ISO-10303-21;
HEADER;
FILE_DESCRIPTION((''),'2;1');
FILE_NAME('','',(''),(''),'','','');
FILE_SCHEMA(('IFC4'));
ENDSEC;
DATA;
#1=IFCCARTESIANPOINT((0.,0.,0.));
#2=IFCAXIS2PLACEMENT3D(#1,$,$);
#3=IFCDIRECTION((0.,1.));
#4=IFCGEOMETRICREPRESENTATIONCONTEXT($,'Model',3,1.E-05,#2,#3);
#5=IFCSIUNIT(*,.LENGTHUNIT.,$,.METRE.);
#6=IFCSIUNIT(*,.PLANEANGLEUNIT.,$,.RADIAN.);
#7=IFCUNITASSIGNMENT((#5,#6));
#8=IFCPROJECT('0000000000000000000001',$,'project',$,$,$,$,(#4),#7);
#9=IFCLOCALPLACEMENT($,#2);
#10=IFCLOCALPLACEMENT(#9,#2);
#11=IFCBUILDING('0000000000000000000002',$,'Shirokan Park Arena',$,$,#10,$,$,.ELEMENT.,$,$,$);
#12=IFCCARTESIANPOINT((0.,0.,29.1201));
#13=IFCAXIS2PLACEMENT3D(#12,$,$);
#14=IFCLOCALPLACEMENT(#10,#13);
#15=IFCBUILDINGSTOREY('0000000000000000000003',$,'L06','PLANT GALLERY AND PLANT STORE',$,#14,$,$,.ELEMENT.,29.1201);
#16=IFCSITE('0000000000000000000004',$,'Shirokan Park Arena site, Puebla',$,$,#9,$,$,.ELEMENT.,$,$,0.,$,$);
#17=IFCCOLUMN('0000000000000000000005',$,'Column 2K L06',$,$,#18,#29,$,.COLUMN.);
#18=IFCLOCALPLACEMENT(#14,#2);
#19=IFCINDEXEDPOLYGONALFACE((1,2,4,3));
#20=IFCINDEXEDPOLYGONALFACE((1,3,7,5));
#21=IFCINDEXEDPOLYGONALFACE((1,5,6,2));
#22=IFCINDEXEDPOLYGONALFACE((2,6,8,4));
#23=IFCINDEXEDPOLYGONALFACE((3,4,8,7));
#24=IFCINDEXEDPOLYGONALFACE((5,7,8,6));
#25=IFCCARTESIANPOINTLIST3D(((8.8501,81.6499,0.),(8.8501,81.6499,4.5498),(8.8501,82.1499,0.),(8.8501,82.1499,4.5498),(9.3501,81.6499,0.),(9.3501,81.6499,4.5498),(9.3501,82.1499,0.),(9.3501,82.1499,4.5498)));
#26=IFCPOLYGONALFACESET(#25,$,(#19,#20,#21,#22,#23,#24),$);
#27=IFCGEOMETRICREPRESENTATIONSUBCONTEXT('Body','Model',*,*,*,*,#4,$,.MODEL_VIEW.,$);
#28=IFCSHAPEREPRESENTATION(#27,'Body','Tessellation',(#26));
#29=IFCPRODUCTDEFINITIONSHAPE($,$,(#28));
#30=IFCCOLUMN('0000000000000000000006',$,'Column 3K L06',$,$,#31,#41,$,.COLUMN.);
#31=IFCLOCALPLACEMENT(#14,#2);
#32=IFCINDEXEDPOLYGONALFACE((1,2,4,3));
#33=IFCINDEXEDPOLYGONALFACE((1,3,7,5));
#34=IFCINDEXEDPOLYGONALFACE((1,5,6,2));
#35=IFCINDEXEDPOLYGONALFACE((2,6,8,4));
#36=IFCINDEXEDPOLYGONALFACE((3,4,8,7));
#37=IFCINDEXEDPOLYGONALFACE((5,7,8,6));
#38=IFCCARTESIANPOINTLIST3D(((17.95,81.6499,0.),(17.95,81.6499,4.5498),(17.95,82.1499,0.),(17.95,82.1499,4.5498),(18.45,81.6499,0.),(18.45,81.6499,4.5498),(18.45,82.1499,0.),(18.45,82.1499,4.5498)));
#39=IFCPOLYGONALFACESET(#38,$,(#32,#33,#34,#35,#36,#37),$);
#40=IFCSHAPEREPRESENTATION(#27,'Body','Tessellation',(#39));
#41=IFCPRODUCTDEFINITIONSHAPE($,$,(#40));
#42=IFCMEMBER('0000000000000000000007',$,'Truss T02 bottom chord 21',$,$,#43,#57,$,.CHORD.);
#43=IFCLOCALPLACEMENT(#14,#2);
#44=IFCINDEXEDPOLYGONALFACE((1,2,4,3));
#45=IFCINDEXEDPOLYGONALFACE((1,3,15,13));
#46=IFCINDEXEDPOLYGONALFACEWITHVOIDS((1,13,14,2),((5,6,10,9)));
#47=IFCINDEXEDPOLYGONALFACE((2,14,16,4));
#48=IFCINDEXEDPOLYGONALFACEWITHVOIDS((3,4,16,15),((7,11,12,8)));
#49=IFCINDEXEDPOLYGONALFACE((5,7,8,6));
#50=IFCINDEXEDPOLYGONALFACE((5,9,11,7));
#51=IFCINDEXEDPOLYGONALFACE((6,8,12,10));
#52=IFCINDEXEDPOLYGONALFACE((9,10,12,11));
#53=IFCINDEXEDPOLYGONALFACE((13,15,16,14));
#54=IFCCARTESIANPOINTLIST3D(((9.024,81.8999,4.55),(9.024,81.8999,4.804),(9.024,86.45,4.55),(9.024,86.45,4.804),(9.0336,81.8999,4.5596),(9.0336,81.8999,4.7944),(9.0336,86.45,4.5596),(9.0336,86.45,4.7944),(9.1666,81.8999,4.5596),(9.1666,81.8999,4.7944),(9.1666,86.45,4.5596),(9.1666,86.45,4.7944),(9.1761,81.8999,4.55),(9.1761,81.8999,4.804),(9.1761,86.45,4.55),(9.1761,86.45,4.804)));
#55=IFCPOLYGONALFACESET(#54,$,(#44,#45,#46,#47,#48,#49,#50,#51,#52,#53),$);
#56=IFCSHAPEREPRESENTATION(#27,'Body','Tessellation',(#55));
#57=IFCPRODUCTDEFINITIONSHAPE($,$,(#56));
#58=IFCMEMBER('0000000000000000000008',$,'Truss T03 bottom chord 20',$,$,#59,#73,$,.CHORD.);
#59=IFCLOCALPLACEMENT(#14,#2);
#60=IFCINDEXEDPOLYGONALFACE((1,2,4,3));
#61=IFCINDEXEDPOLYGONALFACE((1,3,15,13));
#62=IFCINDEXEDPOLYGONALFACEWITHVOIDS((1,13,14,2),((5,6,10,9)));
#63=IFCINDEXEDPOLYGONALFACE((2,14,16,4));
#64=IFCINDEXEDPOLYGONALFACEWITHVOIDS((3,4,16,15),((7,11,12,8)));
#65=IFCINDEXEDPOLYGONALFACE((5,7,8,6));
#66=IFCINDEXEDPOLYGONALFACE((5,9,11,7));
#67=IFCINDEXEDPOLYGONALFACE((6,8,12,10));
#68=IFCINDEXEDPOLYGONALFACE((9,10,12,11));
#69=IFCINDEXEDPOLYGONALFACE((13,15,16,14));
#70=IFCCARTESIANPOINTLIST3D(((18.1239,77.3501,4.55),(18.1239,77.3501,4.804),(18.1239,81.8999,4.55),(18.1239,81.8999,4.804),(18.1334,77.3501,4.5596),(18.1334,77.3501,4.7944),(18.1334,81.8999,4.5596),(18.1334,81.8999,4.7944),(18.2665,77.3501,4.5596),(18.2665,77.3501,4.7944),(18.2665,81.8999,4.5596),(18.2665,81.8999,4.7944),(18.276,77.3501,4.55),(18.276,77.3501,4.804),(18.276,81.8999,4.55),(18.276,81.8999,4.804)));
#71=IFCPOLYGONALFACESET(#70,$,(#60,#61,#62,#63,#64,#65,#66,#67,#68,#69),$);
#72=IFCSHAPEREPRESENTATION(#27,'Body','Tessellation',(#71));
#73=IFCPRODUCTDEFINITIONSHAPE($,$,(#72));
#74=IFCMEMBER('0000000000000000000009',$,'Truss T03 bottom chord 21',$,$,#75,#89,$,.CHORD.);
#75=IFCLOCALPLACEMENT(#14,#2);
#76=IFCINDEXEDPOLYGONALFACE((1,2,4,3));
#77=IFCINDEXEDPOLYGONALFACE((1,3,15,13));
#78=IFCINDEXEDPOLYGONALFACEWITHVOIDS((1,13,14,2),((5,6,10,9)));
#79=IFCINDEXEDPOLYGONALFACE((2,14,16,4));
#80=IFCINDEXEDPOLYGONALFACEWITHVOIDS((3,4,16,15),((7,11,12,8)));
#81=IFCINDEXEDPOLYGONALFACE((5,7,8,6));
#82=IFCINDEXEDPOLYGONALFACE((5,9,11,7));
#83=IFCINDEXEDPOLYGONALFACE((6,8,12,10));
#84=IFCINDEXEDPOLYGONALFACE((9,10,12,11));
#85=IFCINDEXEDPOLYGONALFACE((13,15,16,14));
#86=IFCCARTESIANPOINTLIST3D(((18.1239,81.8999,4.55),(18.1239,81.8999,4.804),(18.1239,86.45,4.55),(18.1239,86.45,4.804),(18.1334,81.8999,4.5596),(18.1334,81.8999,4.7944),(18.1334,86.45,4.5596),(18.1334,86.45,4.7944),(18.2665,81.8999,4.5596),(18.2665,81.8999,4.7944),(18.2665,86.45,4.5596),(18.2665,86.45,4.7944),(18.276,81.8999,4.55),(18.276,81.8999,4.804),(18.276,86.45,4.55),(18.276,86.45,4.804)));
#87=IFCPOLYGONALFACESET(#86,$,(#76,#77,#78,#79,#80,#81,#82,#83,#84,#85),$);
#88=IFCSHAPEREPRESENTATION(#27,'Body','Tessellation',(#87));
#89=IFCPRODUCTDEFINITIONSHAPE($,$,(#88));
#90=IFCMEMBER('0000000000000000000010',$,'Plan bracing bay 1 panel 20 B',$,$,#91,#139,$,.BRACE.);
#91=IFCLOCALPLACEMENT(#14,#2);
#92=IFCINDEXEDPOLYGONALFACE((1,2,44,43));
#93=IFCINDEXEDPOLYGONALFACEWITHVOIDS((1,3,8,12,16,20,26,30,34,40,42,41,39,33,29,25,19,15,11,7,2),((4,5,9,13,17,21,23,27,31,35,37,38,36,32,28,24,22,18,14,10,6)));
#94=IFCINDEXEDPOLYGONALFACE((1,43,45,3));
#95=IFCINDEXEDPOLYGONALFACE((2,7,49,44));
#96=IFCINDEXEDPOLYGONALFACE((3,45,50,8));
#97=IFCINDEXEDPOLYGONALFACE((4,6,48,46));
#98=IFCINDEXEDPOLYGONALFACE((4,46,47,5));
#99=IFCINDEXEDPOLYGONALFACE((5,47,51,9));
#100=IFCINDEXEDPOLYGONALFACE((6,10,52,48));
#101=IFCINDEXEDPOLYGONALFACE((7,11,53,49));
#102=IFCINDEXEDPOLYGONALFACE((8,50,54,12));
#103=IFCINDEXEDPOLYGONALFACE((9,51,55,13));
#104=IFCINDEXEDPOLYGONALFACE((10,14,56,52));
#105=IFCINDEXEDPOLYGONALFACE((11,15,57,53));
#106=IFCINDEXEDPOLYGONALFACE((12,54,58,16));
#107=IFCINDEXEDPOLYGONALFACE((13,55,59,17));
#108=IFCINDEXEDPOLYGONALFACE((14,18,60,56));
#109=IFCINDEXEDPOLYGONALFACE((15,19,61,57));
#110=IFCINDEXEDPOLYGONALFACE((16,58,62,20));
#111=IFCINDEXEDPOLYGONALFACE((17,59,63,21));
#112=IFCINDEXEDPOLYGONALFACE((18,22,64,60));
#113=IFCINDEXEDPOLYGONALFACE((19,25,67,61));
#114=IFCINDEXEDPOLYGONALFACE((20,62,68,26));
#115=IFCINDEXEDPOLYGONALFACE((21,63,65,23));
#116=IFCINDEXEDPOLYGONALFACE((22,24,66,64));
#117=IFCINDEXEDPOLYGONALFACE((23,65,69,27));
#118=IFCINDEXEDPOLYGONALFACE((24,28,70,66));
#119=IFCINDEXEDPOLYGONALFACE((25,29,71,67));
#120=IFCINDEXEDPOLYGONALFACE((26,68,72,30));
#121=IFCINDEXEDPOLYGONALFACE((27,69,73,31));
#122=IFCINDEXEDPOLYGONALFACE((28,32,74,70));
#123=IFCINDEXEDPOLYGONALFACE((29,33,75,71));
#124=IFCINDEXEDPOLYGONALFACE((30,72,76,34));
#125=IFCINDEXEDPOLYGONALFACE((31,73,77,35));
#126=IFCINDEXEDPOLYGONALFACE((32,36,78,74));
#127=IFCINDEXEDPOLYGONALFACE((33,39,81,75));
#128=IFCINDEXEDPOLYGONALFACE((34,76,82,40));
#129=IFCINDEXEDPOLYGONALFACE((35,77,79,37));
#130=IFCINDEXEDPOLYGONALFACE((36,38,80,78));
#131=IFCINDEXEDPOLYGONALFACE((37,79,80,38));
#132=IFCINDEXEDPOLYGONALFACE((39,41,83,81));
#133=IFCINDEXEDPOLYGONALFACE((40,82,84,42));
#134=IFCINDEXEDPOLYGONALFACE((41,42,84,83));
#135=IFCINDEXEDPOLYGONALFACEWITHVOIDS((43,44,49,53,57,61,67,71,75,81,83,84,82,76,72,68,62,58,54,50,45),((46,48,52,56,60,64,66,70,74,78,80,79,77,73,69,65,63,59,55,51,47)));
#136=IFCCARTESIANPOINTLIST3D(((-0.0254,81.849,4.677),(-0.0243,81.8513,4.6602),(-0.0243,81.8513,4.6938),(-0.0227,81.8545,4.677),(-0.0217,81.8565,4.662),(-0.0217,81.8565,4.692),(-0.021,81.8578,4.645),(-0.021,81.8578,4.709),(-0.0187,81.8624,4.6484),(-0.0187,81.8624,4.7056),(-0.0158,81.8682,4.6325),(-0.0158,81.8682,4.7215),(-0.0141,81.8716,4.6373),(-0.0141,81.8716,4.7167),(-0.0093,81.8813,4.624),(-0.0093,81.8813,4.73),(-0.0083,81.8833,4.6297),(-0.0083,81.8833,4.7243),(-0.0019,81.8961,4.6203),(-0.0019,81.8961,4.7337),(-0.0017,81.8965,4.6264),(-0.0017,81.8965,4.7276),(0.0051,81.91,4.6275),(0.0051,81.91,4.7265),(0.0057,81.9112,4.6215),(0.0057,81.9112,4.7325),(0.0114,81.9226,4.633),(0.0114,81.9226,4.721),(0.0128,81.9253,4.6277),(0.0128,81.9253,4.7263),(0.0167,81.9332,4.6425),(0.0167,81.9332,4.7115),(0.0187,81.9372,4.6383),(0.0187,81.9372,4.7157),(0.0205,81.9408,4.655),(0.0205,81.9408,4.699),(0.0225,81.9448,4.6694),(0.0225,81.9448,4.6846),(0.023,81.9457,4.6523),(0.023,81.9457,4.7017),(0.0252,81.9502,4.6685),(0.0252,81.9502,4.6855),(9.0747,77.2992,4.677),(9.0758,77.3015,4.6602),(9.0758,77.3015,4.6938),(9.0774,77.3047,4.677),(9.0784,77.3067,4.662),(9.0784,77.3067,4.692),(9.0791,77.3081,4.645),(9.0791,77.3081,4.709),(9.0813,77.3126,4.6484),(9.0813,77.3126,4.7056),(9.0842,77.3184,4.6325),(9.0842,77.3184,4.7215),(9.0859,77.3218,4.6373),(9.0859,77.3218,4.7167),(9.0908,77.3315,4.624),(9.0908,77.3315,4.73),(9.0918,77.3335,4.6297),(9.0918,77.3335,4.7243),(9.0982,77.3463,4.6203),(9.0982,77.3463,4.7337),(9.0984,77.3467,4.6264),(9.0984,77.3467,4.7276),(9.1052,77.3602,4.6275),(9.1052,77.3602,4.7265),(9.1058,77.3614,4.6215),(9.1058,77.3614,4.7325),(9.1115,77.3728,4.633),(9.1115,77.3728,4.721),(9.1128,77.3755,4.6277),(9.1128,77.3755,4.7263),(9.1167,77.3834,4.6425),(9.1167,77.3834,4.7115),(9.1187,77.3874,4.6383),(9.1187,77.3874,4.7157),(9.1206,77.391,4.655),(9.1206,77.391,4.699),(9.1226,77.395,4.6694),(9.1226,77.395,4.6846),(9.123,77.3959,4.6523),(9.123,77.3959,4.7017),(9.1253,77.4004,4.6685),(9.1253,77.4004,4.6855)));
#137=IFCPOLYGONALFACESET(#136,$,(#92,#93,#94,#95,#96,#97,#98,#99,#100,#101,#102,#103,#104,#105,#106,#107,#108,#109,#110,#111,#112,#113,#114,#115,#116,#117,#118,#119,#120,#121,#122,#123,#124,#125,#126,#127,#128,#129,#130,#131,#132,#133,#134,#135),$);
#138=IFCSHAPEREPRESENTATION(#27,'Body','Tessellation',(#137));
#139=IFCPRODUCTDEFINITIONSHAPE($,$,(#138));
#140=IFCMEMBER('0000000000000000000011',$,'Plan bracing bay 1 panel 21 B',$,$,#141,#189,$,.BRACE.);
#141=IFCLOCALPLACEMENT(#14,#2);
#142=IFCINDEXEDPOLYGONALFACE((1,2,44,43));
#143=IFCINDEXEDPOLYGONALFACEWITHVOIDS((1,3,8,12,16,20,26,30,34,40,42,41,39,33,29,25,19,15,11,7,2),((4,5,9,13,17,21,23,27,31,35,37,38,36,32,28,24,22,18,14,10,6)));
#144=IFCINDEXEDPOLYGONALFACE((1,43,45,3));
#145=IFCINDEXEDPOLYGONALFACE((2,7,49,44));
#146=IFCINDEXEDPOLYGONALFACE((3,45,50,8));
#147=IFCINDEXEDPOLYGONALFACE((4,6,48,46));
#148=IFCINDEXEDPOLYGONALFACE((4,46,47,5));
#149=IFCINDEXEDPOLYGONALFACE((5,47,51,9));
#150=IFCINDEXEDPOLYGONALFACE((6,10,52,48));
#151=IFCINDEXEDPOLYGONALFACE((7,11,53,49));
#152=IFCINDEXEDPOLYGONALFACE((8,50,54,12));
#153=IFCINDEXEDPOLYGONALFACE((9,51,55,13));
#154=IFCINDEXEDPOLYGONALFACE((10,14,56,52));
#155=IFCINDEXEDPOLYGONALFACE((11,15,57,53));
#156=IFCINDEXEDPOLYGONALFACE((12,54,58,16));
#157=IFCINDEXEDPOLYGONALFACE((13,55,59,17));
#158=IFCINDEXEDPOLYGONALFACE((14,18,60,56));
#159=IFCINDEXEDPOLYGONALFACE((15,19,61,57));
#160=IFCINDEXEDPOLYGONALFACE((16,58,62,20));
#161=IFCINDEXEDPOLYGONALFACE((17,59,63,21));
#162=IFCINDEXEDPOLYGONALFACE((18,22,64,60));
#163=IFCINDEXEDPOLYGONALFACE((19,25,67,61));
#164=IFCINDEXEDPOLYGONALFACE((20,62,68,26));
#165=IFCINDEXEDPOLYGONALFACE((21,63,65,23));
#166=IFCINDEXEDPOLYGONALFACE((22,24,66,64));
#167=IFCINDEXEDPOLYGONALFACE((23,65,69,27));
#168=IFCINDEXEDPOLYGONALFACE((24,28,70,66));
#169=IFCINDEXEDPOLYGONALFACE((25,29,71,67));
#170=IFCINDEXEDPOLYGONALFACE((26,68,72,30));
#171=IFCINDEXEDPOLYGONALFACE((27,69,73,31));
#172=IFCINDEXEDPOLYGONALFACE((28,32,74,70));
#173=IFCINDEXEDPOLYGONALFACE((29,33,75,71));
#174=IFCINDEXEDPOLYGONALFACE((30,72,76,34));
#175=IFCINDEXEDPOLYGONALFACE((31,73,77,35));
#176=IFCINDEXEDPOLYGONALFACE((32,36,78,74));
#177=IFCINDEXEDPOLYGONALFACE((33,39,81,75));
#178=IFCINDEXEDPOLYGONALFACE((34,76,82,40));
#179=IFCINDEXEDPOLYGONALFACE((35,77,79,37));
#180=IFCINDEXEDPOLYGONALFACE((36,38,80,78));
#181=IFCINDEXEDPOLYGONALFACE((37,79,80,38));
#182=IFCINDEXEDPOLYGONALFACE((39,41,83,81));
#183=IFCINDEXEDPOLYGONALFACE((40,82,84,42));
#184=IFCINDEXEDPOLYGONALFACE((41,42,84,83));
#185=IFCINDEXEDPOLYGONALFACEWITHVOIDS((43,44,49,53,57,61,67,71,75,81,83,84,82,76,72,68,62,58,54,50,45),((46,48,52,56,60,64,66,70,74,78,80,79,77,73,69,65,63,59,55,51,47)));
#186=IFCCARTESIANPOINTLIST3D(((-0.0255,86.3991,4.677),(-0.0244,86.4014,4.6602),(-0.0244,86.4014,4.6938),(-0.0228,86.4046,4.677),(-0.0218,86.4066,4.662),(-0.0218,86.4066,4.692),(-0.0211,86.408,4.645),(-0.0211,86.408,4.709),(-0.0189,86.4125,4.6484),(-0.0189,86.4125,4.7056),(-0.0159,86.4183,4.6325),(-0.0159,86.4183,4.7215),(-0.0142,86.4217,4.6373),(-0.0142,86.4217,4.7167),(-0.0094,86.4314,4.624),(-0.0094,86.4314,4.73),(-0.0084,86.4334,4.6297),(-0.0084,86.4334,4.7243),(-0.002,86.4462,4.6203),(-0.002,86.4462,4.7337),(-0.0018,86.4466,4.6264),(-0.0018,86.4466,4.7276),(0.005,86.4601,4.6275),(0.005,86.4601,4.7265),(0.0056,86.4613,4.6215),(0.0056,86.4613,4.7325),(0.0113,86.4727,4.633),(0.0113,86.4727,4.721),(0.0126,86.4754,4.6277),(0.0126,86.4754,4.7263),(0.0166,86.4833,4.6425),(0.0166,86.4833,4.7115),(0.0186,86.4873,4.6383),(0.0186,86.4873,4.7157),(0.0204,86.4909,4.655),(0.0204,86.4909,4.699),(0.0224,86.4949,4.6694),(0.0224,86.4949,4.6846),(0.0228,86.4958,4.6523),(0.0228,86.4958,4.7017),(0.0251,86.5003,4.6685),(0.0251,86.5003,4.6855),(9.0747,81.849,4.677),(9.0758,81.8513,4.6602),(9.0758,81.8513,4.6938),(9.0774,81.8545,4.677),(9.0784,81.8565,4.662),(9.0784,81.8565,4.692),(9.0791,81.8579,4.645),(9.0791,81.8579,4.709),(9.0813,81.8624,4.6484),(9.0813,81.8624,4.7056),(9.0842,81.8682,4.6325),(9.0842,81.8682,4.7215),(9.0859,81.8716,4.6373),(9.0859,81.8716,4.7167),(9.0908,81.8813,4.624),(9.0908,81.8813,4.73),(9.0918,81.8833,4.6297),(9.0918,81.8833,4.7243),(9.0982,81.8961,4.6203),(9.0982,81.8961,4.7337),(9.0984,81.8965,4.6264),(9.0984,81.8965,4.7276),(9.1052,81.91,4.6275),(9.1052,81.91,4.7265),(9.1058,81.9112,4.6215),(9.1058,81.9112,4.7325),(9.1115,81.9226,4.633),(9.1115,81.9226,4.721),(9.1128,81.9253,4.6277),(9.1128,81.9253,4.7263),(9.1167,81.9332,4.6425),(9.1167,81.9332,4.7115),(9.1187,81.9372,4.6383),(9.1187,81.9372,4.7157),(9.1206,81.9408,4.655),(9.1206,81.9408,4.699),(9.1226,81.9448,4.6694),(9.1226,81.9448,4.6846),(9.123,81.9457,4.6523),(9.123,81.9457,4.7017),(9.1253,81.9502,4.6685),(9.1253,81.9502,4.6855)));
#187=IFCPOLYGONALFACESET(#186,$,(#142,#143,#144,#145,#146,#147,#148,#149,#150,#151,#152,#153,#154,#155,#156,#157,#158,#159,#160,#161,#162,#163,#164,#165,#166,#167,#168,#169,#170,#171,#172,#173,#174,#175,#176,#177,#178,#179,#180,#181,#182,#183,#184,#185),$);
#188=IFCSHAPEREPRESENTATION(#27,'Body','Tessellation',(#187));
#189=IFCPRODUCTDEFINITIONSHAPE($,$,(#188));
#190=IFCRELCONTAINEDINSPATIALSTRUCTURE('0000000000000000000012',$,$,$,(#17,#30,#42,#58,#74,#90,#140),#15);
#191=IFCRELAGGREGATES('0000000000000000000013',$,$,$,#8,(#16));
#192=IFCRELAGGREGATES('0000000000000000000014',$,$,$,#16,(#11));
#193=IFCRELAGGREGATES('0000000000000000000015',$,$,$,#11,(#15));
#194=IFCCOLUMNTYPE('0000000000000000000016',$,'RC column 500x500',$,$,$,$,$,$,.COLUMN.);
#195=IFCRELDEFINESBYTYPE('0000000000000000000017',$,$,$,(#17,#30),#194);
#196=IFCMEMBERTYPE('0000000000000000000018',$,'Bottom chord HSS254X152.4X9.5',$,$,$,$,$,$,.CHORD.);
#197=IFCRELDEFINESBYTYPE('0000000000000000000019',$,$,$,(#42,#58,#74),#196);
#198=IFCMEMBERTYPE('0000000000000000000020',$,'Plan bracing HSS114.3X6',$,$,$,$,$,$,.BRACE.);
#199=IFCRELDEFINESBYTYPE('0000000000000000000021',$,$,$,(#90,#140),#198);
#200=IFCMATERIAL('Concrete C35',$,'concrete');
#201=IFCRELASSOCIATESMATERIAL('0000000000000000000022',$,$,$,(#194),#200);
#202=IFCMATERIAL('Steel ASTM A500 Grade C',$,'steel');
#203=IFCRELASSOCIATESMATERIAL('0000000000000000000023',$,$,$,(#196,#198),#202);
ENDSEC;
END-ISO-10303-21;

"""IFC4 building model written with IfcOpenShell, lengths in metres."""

from ifc_helpers import new_model, si_unit, direction, frame, origin, origin_2d, place, context, subcontext, project, spatial, rectangle, hollow_rectangle, hollow_circle, extrude, material, material_profile, profile_set, type_object, element, save


model = new_model("IFC4")

# Units and contexts
model_context = context("Model", 3, precision=1e-05, world=origin(), true_north=direction((0.0, 1.0)))
body_context = subcontext(model_context, "Body", "Model", "MODEL_VIEW")
ifc_project = project(units=[si_unit("LENGTHUNIT", "METRE"), si_unit("PLANEANGLEUNIT", "RADIAN")], contexts=[model_context])

# Site, building, storey
site_placement = place(None, origin())
site = spatial("IfcSite", under=ifc_project, at=site_placement, Name="Shirokan Park Arena site, Puebla", CompositionType="ELEMENT", RefElevation=0.0)
building_placement = place(site_placement, origin())
building = spatial("IfcBuilding", under=site, at=building_placement, Name="Shirokan Park Arena", CompositionType="ELEMENT")
storey_placement = place(building_placement, frame((0.0, 0.0, 29.1201)))
storey = spatial("IfcBuildingStorey", under=building, at=storey_placement, Name="L06", Description="PLANT GALLERY AND PLANT STORE", CompositionType="ELEMENT", Elevation=29.1201)

# Columns
ifc_material_1 = material(Name="Concrete C35", Category="concrete")
ifc_material_profile_1 = material_profile(ifc_material_1, rectangle(XDim=0.5, YDim=0.5, at=origin_2d()), Name="500x500")
ifc_profile_set_1 = profile_set([ifc_material_profile_1], Name="Concrete C35")
column_type = type_object("IfcColumnType", Name="RC column 500x500", PredefinedType="COLUMN", material=ifc_profile_set_1)
for number, where, z_axis, x_axis, name in (
    (1, (9.1001, 81.8999, 0.0), (0.0, 0.0, 1.0), (1.0, 0.0, 0.0), "Column 2K L06"),
    (2, (18.2, 81.8999, 0.0), (0.0, 0.0, 1.0), (1.0, 0.0, 0.0), "Column 3K L06"),
):
    element("IfcColumn", number, at=place(storey_placement, frame(where, z_axis=z_axis, x_axis=x_axis)), inside=storey, type_object=column_type, Name=name, PredefinedType="COLUMN", context=body_context, shape_type="SweptSolid", body=[
        extrude(rectangle(XDim=0.5, YDim=0.5, at=origin_2d()), origin(), (0.0, 0.0, 1.0), 4.5498),
    ])

# Members
ifc_material_2 = material(Name="Steel ASTM A500 Grade C", Category="steel")
ifc_material_profile_2 = material_profile(ifc_material_2, hollow_rectangle(XDim=0.1521, YDim=0.2539, WallThickness=0.0095, at=origin_2d()), Name="HSS254X152.4X9.5")
ifc_profile_set_2 = profile_set([ifc_material_profile_2], Name="Steel ASTM A500 Grade C")
member_type_1 = type_object("IfcMemberType", Name="Bottom chord HSS254X152.4X9.5", PredefinedType="CHORD", material=ifc_profile_set_2)
member_1_placement = place(storey_placement, frame((9.1001, 81.8999, 4.677), z_axis=(0.0, 1.0, 0.0), x_axis=(-1.0, 0.0, 0.0)))
element("IfcMember", 3, at=member_1_placement, inside=storey, type_object=member_type_1, Name="Truss T02 bottom chord 21", PredefinedType="CHORD", context=body_context, shape_type="SweptSolid", body=[
    extrude(hollow_rectangle(XDim=0.1521, YDim=0.2539, WallThickness=0.0095, at=origin_2d()), origin(), (0.0, 0.0, 1.0), 4.55),
])
member_2_placement = place(storey_placement, frame((18.2, 77.3501, 4.677), z_axis=(0.0, 1.0, 0.0), x_axis=(-1.0, 0.0, 0.0)))
element("IfcMember", 4, at=member_2_placement, inside=storey, type_object=member_type_1, Name="Truss T03 bottom chord 20", PredefinedType="CHORD", context=body_context, shape_type="SweptSolid", body=[
    extrude(hollow_rectangle(XDim=0.1521, YDim=0.2539, WallThickness=0.0095, at=origin_2d()), origin(), (0.0, 0.0, 1.0), 4.5498),
])
member_3_placement = place(storey_placement, frame((18.2, 81.8999, 4.677), z_axis=(0.0, 1.0, 0.0), x_axis=(-1.0, 0.0, 0.0)))
element("IfcMember", 5, at=member_3_placement, inside=storey, type_object=member_type_1, Name="Truss T03 bottom chord 21", PredefinedType="CHORD", context=body_context, shape_type="SweptSolid", body=[
    extrude(hollow_rectangle(XDim=0.1521, YDim=0.2539, WallThickness=0.0095, at=origin_2d()), origin(), (0.0, 0.0, 1.0), 4.55),
])
ifc_material_profile_3 = material_profile(ifc_material_2, hollow_circle(Radius=0.0569, WallThickness=0.0061, at=origin_2d()), Name="HSS114.3X6")
ifc_profile_set_3 = profile_set([ifc_material_profile_3], Name="Steel ASTM A500 Grade C")
member_type_2 = type_object("IfcMemberType", Name="Plan bracing HSS114.3X6", PredefinedType="BRACE", material=ifc_profile_set_3)
member_4_placement = place(storey_placement, frame((9.1001, 77.3501, 4.677), z_axis=(-0.894437, 0.447194, 0.0), x_axis=(-0.447194, -0.894437, 0.0)))
element("IfcMember", 6, at=member_4_placement, inside=storey, type_object=member_type_2, Name="Plan bracing bay 1 panel 20 B", PredefinedType="BRACE", context=body_context, shape_type="SweptSolid", body=[
    extrude(hollow_circle(Radius=0.0569, WallThickness=0.0061, at=origin_2d()), origin(), (0.0, 0.0, 1.0), 10.1741),
])
member_5_placement = place(storey_placement, frame((9.1001, 81.8999, 4.677), z_axis=(-0.894427, 0.447214, 0.0), x_axis=(-0.447214, -0.894427, 0.0)))
element("IfcMember", 7, at=member_5_placement, inside=storey, type_object=member_type_2, Name="Plan bracing bay 1 panel 21 B", PredefinedType="BRACE", context=body_context, shape_type="SweptSolid", body=[
    extrude(hollow_circle(Radius=0.0569, WallThickness=0.0061, at=origin_2d()), origin(), (0.0, 0.0, 1.0), 10.1743),
])

save(model, "model.ifc")
